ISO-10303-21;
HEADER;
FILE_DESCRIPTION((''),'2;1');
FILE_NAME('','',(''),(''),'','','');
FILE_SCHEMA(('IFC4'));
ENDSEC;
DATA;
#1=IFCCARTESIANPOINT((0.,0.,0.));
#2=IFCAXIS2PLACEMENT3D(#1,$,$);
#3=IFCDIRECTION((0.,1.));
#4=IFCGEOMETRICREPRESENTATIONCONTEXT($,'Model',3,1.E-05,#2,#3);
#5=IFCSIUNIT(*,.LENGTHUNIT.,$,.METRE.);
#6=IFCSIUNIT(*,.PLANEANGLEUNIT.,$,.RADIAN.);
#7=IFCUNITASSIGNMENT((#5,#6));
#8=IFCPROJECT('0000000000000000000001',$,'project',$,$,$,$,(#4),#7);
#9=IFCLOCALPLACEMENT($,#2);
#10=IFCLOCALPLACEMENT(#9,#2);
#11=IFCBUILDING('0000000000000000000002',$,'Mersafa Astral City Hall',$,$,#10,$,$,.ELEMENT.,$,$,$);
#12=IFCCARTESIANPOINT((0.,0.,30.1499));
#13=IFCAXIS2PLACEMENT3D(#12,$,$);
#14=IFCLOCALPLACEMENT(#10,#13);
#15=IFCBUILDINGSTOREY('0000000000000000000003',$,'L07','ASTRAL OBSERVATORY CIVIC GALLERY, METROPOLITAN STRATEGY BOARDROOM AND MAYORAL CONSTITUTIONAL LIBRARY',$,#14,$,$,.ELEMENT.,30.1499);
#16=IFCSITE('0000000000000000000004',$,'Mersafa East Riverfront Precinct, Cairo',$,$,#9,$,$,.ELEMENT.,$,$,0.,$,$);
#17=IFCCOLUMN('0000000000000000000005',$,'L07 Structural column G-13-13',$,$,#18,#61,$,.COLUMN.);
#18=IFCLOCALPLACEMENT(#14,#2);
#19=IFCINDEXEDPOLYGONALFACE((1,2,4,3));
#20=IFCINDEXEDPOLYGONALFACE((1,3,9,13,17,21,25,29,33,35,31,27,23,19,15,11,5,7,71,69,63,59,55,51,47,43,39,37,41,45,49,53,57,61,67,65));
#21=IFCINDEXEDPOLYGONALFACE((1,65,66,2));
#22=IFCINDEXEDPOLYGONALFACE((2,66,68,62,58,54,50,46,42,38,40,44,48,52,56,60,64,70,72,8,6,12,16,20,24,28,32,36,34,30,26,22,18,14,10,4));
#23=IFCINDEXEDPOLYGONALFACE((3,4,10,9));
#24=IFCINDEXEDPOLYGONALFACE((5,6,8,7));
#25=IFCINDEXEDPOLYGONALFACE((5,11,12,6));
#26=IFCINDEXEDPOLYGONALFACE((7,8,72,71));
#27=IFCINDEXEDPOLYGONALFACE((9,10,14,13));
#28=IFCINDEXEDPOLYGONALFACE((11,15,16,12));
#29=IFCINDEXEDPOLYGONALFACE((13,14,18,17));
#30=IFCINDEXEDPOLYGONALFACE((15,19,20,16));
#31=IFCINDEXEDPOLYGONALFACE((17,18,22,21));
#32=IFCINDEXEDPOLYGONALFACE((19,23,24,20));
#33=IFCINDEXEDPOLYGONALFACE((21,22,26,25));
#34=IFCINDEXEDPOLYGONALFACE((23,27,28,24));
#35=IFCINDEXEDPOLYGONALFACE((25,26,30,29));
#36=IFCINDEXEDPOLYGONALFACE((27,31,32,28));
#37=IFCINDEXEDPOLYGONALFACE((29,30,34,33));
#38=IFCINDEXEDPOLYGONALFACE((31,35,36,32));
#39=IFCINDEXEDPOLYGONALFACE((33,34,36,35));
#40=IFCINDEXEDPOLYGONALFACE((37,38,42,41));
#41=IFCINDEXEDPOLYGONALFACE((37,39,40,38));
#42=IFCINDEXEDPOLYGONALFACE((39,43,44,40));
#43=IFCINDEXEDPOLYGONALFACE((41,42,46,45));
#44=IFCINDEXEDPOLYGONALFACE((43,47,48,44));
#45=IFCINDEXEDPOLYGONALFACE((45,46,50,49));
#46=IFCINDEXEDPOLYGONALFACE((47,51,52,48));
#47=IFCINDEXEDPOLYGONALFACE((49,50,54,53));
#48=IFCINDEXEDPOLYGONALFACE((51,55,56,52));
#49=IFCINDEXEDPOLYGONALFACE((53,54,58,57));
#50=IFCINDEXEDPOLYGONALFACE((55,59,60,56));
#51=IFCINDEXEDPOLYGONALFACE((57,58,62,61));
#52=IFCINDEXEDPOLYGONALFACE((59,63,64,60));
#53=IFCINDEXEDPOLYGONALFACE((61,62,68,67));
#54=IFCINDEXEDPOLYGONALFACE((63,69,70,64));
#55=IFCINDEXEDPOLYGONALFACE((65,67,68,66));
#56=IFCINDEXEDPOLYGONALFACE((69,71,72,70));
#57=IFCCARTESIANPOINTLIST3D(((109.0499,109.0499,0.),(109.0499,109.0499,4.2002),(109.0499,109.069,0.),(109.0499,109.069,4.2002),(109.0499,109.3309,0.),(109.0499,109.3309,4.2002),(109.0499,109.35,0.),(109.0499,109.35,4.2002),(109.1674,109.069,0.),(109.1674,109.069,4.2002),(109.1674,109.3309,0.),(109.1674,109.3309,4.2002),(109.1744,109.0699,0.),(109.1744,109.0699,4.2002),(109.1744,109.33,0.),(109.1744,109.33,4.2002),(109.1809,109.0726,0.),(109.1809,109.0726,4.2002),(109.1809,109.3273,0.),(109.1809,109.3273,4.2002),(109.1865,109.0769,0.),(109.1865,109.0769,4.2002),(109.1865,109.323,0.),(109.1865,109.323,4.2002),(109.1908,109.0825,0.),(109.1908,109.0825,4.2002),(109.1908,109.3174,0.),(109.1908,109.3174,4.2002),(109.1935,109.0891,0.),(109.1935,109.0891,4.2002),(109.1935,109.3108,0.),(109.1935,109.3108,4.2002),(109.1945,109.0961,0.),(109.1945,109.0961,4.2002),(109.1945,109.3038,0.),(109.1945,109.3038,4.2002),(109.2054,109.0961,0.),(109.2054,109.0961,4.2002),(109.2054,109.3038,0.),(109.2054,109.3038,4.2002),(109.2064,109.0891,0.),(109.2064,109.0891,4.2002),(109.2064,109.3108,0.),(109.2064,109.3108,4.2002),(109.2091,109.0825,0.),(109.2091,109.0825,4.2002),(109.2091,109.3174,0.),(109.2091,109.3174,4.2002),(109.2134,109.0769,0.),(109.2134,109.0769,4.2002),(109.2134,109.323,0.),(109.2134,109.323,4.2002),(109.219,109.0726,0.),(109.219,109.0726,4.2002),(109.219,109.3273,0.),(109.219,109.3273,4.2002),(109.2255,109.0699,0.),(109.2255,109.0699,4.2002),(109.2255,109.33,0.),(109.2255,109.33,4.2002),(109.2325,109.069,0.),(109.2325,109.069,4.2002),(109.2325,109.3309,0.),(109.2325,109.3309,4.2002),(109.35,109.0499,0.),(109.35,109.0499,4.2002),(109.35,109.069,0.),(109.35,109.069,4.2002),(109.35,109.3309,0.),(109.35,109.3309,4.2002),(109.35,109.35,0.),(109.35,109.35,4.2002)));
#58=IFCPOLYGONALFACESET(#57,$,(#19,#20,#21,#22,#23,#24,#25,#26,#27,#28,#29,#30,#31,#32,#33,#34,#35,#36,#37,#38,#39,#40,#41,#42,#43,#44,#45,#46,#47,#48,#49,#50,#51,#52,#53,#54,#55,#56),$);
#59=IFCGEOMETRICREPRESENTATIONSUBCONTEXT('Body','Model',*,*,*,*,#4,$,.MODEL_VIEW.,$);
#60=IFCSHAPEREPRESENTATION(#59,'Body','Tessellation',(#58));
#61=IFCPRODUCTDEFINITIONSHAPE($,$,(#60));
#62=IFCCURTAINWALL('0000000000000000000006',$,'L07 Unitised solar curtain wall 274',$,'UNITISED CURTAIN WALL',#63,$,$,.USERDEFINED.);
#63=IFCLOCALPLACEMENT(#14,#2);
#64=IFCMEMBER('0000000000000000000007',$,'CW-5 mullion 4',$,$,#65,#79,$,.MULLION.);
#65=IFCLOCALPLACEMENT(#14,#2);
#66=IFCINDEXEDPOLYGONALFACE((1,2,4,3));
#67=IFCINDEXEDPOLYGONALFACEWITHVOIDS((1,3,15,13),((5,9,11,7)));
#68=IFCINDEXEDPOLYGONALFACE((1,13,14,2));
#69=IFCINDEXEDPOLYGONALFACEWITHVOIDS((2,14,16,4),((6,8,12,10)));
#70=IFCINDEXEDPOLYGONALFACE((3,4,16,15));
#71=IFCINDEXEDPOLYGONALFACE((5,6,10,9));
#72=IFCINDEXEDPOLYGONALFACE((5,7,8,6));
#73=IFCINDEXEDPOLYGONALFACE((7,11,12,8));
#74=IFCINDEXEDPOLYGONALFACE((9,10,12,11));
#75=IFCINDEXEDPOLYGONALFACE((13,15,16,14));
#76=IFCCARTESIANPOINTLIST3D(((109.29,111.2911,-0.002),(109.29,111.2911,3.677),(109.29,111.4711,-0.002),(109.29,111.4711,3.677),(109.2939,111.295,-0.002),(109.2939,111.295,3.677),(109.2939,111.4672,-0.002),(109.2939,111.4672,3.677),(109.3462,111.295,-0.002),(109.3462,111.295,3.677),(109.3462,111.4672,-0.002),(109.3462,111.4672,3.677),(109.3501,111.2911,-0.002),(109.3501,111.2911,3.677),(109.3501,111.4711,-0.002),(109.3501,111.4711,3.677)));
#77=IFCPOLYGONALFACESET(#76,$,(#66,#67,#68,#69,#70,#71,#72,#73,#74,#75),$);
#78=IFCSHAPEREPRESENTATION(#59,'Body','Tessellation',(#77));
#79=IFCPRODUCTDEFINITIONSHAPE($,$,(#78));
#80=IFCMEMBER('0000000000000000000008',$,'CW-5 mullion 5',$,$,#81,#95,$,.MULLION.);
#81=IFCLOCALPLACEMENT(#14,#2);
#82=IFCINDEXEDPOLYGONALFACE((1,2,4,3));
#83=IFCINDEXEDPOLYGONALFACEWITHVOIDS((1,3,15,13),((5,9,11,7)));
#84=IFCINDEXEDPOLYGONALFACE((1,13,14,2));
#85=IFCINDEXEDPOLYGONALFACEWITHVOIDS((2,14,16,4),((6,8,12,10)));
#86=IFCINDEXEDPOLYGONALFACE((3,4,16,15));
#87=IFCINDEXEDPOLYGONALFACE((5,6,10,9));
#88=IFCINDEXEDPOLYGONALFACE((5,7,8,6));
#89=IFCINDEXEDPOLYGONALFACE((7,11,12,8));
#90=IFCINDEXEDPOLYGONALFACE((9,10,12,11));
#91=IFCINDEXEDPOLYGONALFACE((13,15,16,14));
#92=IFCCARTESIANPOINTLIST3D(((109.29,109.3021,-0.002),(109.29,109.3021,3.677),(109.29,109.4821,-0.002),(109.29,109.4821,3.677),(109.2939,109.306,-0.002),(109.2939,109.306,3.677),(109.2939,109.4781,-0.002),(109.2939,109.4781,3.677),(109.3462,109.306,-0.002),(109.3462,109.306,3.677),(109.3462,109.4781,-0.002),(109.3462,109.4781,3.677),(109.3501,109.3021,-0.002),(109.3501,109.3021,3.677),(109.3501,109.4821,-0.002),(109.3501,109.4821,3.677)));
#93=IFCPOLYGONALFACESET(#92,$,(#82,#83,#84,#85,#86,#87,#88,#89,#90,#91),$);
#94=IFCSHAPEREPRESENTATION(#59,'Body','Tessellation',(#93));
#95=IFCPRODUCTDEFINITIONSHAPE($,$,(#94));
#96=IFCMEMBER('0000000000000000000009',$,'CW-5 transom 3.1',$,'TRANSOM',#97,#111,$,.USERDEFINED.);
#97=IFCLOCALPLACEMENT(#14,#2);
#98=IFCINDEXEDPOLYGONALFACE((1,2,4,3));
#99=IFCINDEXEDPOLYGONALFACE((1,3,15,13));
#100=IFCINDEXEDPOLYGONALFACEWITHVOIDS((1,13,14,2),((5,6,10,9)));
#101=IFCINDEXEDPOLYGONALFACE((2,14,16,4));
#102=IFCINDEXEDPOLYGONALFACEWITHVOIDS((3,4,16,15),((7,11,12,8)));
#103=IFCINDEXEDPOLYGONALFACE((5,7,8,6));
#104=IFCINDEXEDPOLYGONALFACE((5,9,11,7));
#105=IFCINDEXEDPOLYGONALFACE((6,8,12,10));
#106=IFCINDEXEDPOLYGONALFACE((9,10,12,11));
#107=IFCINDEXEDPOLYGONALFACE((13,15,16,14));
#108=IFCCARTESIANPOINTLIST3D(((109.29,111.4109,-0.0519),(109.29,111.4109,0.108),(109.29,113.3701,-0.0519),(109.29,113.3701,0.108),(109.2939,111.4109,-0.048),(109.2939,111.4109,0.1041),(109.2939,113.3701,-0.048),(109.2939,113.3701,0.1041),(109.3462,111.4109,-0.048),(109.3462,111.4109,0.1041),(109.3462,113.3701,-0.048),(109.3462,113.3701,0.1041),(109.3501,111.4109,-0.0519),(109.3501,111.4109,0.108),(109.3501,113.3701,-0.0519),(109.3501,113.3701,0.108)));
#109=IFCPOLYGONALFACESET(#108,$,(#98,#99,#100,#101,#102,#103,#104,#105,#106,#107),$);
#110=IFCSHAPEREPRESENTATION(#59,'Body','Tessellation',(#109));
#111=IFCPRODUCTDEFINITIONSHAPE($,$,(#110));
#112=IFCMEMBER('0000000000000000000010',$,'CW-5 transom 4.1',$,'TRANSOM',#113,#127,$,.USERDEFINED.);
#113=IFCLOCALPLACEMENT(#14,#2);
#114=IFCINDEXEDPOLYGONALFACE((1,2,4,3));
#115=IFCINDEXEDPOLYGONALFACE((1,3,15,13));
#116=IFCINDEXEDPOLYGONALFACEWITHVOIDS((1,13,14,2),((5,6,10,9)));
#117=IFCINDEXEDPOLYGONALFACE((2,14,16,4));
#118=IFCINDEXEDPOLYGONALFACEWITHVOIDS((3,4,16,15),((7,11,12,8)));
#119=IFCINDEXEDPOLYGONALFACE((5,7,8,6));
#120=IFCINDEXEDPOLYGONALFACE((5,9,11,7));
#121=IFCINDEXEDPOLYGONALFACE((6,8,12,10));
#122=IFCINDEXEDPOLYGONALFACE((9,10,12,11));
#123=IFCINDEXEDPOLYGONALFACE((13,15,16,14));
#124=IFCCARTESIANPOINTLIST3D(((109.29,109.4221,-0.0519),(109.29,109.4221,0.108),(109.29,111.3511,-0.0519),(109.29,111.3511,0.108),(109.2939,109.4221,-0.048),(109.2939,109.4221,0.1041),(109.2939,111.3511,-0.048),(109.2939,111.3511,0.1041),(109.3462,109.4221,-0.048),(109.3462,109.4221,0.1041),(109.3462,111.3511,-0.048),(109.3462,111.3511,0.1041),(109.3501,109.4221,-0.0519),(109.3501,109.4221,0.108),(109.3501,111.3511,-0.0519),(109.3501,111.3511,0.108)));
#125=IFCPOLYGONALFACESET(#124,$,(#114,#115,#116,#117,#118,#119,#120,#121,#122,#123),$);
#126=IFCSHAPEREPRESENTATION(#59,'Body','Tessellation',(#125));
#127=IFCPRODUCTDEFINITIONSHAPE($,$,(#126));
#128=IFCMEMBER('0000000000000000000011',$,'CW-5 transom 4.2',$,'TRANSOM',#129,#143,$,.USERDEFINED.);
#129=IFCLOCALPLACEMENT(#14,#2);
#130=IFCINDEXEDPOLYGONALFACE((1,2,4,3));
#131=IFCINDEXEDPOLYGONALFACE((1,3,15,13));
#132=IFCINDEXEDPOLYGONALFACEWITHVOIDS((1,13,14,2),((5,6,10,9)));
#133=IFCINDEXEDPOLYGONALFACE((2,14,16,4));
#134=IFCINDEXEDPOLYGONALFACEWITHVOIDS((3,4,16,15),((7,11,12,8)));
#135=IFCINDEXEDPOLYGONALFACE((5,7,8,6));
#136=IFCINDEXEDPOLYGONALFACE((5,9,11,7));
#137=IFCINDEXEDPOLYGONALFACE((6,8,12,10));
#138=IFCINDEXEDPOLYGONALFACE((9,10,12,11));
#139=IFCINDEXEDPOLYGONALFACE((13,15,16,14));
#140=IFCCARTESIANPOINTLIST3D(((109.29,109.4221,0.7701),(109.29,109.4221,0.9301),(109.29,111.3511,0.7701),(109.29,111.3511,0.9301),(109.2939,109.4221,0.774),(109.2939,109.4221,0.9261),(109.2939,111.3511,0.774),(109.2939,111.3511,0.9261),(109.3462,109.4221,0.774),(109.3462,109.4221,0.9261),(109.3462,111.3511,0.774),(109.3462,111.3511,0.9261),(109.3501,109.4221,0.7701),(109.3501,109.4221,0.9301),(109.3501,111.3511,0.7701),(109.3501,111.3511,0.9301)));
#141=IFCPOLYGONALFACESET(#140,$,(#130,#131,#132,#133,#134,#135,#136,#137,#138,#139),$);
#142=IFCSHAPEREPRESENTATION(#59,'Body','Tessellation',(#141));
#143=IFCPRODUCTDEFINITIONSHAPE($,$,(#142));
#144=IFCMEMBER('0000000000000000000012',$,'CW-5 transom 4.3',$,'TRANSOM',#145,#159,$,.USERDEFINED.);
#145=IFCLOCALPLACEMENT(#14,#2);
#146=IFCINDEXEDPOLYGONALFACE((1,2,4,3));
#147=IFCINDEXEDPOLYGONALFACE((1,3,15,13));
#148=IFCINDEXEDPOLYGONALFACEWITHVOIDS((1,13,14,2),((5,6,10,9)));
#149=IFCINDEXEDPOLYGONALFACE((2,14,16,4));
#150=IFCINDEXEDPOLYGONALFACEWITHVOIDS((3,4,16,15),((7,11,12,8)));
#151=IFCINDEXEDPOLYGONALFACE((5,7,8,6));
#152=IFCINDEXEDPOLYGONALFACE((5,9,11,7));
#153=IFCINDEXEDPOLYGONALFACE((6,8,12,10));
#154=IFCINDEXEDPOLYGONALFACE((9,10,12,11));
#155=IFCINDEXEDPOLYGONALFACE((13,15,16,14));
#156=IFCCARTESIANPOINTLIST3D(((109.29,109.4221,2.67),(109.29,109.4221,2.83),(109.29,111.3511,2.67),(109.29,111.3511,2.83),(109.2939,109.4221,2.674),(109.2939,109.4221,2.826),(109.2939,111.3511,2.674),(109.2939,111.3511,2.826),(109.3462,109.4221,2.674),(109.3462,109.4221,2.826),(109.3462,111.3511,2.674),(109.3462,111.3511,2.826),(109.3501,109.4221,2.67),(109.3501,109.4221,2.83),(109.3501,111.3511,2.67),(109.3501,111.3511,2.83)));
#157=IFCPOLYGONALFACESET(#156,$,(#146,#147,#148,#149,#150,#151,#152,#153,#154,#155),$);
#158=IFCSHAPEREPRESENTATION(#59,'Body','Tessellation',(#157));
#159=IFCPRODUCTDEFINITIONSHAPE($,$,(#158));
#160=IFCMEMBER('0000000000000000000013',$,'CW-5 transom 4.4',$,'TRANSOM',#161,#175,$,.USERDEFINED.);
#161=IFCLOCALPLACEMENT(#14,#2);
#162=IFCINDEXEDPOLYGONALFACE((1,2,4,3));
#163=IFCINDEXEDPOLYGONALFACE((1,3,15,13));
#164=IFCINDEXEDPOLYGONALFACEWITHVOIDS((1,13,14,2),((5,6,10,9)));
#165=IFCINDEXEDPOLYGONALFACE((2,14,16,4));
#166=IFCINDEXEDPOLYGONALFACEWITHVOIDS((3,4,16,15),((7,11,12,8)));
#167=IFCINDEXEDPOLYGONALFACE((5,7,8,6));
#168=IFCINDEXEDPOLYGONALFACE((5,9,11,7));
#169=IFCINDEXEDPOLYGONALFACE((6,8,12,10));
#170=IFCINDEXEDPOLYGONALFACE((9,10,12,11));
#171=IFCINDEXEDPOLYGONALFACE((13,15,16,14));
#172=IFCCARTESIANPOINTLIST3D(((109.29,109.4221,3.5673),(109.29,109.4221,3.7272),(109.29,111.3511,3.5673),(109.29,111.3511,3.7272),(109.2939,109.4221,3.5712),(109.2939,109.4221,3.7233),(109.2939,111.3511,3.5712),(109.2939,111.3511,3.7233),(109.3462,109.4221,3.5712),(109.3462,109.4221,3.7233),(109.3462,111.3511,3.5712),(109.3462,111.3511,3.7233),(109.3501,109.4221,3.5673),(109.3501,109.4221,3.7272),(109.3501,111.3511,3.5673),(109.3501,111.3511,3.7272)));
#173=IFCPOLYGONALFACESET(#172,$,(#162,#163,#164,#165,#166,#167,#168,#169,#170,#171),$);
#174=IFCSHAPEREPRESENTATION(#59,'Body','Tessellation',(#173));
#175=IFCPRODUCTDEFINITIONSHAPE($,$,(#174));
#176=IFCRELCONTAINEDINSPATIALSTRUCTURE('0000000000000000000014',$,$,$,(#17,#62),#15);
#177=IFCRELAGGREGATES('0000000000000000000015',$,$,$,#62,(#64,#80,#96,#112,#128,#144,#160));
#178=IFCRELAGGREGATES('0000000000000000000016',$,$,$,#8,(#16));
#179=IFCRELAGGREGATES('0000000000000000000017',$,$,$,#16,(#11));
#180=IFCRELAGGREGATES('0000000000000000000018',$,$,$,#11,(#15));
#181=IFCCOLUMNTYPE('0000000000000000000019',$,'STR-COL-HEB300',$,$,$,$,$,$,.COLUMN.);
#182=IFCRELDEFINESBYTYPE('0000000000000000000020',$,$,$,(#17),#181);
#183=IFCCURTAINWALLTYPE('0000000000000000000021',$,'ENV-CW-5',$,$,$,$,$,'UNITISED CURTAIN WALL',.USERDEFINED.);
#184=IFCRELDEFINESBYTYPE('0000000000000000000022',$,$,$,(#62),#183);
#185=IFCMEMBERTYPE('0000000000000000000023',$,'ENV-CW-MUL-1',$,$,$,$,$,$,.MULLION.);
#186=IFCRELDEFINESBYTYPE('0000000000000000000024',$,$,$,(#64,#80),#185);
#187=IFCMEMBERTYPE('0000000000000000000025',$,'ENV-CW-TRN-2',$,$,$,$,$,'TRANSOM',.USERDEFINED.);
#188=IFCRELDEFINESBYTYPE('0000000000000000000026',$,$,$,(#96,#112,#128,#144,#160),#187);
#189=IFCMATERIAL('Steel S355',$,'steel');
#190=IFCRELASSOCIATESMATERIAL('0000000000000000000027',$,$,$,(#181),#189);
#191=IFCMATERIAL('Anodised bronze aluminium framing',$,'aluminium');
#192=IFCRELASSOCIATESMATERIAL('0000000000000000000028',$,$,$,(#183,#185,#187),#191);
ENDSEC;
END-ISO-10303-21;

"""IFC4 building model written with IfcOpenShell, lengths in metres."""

from ifc_helpers import new_model, si_unit, direction, frame, origin, origin_2d, place, context, subcontext, project, spatial, hollow_rectangle, i_section, extrude, material, material_profile, profile_set, type_object, element, aggregate, save


model = new_model("IFC4")

# Units and contexts
model_context = context("Model", 3, precision=1e-05, world=origin(), true_north=direction((0.0, 1.0)))
body_context = subcontext(model_context, "Body", "Model", "MODEL_VIEW")
ifc_project = project(units=[si_unit("LENGTHUNIT", "METRE"), si_unit("PLANEANGLEUNIT", "RADIAN")], contexts=[model_context])

# Site, building, storey
site_placement = place(None, origin())
site = spatial("IfcSite", under=ifc_project, at=site_placement, Name="Mersafa East Riverfront Precinct, Cairo", CompositionType="ELEMENT", RefElevation=0.0)
building_placement = place(site_placement, origin())
building = spatial("IfcBuilding", under=site, at=building_placement, Name="Mersafa Astral City Hall", CompositionType="ELEMENT")
storey_placement = place(building_placement, frame((0.0, 0.0, 30.1499)))
storey = spatial("IfcBuildingStorey", under=building, at=storey_placement, Name="L07", Description="ASTRAL OBSERVATORY CIVIC GALLERY, METROPOLITAN STRATEGY BOARDROOM AND MAYORAL CONSTITUTIONAL LIBRARY", CompositionType="ELEMENT", Elevation=30.1499)

# Column
ifc_material_1 = material(Name="Steel S355", Category="steel")
ifc_material_profile_1 = material_profile(ifc_material_1, i_section(OverallWidth=0.3, OverallDepth=0.3, WebThickness=0.011, FlangeThickness=0.019, FilletRadius=0.0271, at=origin_2d()), Name="HEB 300")
ifc_profile_set_1 = profile_set([ifc_material_profile_1], Name="Steel S355")
column_type = type_object("IfcColumnType", Name="STR-COL-HEB300", PredefinedType="COLUMN", material=ifc_profile_set_1)
column_placement = place(storey_placement, frame((109.2, 109.2, 0.0), z_axis=(0.0, 0.0, 1.0), x_axis=(1.0, 0.0, 0.0)))
element("IfcColumn", 1, at=column_placement, inside=storey, type_object=column_type, Name="L07 Structural column G-13-13", PredefinedType="COLUMN", context=body_context, shape_type="SweptSolid", body=[
    extrude(i_section(OverallWidth=0.3, OverallDepth=0.3, WebThickness=0.011, FlangeThickness=0.019, FilletRadius=0.0271, at=origin_2d()), origin(), (0.0, 0.0, 1.0), 4.2002),
])

# Curtain wall, members
ifc_material_2 = material(Name="Anodised bronze aluminium framing", Category="aluminium")
curtain_wall_type = type_object("IfcCurtainWallType", Name="ENV-CW-5", ElementType="UNITISED CURTAIN WALL", PredefinedType="USERDEFINED", material=ifc_material_2)
curtain_wall_placement = place(storey_placement, origin())
curtain_wall = element("IfcCurtainWall", 2, at=curtain_wall_placement, inside=storey, type_object=curtain_wall_type, Name="L07 Unitised solar curtain wall 274", ObjectType="UNITISED CURTAIN WALL", PredefinedType="USERDEFINED")
ifc_material_profile_2 = material_profile(ifc_material_2, hollow_rectangle(XDim=0.0601, YDim=0.1799, WallThickness=0.0039, at=origin_2d()), Name="RHS 60x180x4")
ifc_profile_set_2 = profile_set([ifc_material_profile_2], Name="Anodised bronze aluminium framing")
member_type_1 = type_object("IfcMemberType", Name="ENV-CW-MUL-1", PredefinedType="MULLION", material=ifc_profile_set_2)
member_1_placement = place(storey_placement, frame((109.3201, 111.3811, -0.002), z_axis=(0.0, 0.0, 1.0), x_axis=(1.0, 0.0, 0.0)))
member_1 = element("IfcMember", 3, at=member_1_placement, type_object=member_type_1, Name="CW-5 mullion 4", PredefinedType="MULLION", context=body_context, shape_type="SweptSolid", body=[
    extrude(hollow_rectangle(XDim=0.0601, YDim=0.1799, WallThickness=0.0039, at=origin_2d()), origin(), (0.0, 0.0, 1.0), 3.679),
])
member_2_placement = place(storey_placement, frame((109.3201, 109.3921, -0.002), z_axis=(0.0, 0.0, 1.0), x_axis=(1.0, 0.0, 0.0)))
member_2 = element("IfcMember", 4, at=member_2_placement, type_object=member_type_1, Name="CW-5 mullion 5", PredefinedType="MULLION", context=body_context, shape_type="SweptSolid", body=[
    extrude(hollow_rectangle(XDim=0.0601, YDim=0.1799, WallThickness=0.0039, at=origin_2d()), origin(), (0.0, 0.0, 1.0), 3.679),
])
ifc_material_profile_3 = material_profile(ifc_material_2, hollow_rectangle(XDim=0.0601, YDim=0.1599, WallThickness=0.0039, at=origin_2d()), Name="RHS 60x160x4")
ifc_profile_set_3 = profile_set([ifc_material_profile_3], Name="Anodised bronze aluminium framing")
member_type_2 = type_object("IfcMemberType", Name="ENV-CW-TRN-2", ElementType="TRANSOM", PredefinedType="USERDEFINED", material=ifc_profile_set_3)
member_3_placement = place(storey_placement, frame((109.3201, 113.3701, 0.0281), z_axis=(0.0, -1.0, 0.0), x_axis=(1.0, 0.0, 0.0)))
member_3 = element("IfcMember", 5, at=member_3_placement, type_object=member_type_2, Name="CW-5 transom 3.1", ObjectType="TRANSOM", PredefinedType="USERDEFINED", context=body_context, shape_type="SweptSolid", body=[
    extrude(hollow_rectangle(XDim=0.0601, YDim=0.1599, WallThickness=0.0039, at=origin_2d()), origin(), (0.0, 0.0, 1.0), 1.9592),
])
member_4_placement = place(storey_placement, frame((109.3201, 111.3511, 0.0281), z_axis=(0.0, -1.0, 0.0), x_axis=(1.0, 0.0, 0.0)))
member_4 = element("IfcMember", 6, at=member_4_placement, type_object=member_type_2, Name="CW-5 transom 4.1", ObjectType="TRANSOM", PredefinedType="USERDEFINED", context=body_context, shape_type="SweptSolid", body=[
    extrude(hollow_rectangle(XDim=0.0601, YDim=0.1599, WallThickness=0.0039, at=origin_2d()), origin(), (0.0, 0.0, 1.0), 1.929),
])
member_5_placement = place(storey_placement, frame((109.3201, 111.3511, 0.8501), z_axis=(0.0, -1.0, 0.0), x_axis=(1.0, 0.0, 0.0)))
member_5 = element("IfcMember", 7, at=member_5_placement, type_object=member_type_2, Name="CW-5 transom 4.2", ObjectType="TRANSOM", PredefinedType="USERDEFINED", context=body_context, shape_type="SweptSolid", body=[
    extrude(hollow_rectangle(XDim=0.0601, YDim=0.1599, WallThickness=0.0039, at=origin_2d()), origin(), (0.0, 0.0, 1.0), 1.929),
])
member_6_placement = place(storey_placement, frame((109.3201, 111.3511, 2.75), z_axis=(0.0, -1.0, 0.0), x_axis=(1.0, 0.0, 0.0)))
member_6 = element("IfcMember", 8, at=member_6_placement, type_object=member_type_2, Name="CW-5 transom 4.3", ObjectType="TRANSOM", PredefinedType="USERDEFINED", context=body_context, shape_type="SweptSolid", body=[
    extrude(hollow_rectangle(XDim=0.0601, YDim=0.1599, WallThickness=0.0039, at=origin_2d()), origin(), (0.0, 0.0, 1.0), 1.929),
])
member_7_placement = place(storey_placement, frame((109.3201, 111.3511, 3.6472), z_axis=(0.0, -1.0, 0.0), x_axis=(1.0, 0.0, 0.0)))
member_7 = element("IfcMember", 9, at=member_7_placement, type_object=member_type_2, Name="CW-5 transom 4.4", ObjectType="TRANSOM", PredefinedType="USERDEFINED", context=body_context, shape_type="SweptSolid", body=[
    extrude(hollow_rectangle(XDim=0.0601, YDim=0.1599, WallThickness=0.0039, at=origin_2d()), origin(), (0.0, 0.0, 1.0), 1.929),
])

aggregate(curtain_wall, [member_1, member_2, member_3, member_4, member_5, member_6, member_7])

save(model, "model.ifc")
